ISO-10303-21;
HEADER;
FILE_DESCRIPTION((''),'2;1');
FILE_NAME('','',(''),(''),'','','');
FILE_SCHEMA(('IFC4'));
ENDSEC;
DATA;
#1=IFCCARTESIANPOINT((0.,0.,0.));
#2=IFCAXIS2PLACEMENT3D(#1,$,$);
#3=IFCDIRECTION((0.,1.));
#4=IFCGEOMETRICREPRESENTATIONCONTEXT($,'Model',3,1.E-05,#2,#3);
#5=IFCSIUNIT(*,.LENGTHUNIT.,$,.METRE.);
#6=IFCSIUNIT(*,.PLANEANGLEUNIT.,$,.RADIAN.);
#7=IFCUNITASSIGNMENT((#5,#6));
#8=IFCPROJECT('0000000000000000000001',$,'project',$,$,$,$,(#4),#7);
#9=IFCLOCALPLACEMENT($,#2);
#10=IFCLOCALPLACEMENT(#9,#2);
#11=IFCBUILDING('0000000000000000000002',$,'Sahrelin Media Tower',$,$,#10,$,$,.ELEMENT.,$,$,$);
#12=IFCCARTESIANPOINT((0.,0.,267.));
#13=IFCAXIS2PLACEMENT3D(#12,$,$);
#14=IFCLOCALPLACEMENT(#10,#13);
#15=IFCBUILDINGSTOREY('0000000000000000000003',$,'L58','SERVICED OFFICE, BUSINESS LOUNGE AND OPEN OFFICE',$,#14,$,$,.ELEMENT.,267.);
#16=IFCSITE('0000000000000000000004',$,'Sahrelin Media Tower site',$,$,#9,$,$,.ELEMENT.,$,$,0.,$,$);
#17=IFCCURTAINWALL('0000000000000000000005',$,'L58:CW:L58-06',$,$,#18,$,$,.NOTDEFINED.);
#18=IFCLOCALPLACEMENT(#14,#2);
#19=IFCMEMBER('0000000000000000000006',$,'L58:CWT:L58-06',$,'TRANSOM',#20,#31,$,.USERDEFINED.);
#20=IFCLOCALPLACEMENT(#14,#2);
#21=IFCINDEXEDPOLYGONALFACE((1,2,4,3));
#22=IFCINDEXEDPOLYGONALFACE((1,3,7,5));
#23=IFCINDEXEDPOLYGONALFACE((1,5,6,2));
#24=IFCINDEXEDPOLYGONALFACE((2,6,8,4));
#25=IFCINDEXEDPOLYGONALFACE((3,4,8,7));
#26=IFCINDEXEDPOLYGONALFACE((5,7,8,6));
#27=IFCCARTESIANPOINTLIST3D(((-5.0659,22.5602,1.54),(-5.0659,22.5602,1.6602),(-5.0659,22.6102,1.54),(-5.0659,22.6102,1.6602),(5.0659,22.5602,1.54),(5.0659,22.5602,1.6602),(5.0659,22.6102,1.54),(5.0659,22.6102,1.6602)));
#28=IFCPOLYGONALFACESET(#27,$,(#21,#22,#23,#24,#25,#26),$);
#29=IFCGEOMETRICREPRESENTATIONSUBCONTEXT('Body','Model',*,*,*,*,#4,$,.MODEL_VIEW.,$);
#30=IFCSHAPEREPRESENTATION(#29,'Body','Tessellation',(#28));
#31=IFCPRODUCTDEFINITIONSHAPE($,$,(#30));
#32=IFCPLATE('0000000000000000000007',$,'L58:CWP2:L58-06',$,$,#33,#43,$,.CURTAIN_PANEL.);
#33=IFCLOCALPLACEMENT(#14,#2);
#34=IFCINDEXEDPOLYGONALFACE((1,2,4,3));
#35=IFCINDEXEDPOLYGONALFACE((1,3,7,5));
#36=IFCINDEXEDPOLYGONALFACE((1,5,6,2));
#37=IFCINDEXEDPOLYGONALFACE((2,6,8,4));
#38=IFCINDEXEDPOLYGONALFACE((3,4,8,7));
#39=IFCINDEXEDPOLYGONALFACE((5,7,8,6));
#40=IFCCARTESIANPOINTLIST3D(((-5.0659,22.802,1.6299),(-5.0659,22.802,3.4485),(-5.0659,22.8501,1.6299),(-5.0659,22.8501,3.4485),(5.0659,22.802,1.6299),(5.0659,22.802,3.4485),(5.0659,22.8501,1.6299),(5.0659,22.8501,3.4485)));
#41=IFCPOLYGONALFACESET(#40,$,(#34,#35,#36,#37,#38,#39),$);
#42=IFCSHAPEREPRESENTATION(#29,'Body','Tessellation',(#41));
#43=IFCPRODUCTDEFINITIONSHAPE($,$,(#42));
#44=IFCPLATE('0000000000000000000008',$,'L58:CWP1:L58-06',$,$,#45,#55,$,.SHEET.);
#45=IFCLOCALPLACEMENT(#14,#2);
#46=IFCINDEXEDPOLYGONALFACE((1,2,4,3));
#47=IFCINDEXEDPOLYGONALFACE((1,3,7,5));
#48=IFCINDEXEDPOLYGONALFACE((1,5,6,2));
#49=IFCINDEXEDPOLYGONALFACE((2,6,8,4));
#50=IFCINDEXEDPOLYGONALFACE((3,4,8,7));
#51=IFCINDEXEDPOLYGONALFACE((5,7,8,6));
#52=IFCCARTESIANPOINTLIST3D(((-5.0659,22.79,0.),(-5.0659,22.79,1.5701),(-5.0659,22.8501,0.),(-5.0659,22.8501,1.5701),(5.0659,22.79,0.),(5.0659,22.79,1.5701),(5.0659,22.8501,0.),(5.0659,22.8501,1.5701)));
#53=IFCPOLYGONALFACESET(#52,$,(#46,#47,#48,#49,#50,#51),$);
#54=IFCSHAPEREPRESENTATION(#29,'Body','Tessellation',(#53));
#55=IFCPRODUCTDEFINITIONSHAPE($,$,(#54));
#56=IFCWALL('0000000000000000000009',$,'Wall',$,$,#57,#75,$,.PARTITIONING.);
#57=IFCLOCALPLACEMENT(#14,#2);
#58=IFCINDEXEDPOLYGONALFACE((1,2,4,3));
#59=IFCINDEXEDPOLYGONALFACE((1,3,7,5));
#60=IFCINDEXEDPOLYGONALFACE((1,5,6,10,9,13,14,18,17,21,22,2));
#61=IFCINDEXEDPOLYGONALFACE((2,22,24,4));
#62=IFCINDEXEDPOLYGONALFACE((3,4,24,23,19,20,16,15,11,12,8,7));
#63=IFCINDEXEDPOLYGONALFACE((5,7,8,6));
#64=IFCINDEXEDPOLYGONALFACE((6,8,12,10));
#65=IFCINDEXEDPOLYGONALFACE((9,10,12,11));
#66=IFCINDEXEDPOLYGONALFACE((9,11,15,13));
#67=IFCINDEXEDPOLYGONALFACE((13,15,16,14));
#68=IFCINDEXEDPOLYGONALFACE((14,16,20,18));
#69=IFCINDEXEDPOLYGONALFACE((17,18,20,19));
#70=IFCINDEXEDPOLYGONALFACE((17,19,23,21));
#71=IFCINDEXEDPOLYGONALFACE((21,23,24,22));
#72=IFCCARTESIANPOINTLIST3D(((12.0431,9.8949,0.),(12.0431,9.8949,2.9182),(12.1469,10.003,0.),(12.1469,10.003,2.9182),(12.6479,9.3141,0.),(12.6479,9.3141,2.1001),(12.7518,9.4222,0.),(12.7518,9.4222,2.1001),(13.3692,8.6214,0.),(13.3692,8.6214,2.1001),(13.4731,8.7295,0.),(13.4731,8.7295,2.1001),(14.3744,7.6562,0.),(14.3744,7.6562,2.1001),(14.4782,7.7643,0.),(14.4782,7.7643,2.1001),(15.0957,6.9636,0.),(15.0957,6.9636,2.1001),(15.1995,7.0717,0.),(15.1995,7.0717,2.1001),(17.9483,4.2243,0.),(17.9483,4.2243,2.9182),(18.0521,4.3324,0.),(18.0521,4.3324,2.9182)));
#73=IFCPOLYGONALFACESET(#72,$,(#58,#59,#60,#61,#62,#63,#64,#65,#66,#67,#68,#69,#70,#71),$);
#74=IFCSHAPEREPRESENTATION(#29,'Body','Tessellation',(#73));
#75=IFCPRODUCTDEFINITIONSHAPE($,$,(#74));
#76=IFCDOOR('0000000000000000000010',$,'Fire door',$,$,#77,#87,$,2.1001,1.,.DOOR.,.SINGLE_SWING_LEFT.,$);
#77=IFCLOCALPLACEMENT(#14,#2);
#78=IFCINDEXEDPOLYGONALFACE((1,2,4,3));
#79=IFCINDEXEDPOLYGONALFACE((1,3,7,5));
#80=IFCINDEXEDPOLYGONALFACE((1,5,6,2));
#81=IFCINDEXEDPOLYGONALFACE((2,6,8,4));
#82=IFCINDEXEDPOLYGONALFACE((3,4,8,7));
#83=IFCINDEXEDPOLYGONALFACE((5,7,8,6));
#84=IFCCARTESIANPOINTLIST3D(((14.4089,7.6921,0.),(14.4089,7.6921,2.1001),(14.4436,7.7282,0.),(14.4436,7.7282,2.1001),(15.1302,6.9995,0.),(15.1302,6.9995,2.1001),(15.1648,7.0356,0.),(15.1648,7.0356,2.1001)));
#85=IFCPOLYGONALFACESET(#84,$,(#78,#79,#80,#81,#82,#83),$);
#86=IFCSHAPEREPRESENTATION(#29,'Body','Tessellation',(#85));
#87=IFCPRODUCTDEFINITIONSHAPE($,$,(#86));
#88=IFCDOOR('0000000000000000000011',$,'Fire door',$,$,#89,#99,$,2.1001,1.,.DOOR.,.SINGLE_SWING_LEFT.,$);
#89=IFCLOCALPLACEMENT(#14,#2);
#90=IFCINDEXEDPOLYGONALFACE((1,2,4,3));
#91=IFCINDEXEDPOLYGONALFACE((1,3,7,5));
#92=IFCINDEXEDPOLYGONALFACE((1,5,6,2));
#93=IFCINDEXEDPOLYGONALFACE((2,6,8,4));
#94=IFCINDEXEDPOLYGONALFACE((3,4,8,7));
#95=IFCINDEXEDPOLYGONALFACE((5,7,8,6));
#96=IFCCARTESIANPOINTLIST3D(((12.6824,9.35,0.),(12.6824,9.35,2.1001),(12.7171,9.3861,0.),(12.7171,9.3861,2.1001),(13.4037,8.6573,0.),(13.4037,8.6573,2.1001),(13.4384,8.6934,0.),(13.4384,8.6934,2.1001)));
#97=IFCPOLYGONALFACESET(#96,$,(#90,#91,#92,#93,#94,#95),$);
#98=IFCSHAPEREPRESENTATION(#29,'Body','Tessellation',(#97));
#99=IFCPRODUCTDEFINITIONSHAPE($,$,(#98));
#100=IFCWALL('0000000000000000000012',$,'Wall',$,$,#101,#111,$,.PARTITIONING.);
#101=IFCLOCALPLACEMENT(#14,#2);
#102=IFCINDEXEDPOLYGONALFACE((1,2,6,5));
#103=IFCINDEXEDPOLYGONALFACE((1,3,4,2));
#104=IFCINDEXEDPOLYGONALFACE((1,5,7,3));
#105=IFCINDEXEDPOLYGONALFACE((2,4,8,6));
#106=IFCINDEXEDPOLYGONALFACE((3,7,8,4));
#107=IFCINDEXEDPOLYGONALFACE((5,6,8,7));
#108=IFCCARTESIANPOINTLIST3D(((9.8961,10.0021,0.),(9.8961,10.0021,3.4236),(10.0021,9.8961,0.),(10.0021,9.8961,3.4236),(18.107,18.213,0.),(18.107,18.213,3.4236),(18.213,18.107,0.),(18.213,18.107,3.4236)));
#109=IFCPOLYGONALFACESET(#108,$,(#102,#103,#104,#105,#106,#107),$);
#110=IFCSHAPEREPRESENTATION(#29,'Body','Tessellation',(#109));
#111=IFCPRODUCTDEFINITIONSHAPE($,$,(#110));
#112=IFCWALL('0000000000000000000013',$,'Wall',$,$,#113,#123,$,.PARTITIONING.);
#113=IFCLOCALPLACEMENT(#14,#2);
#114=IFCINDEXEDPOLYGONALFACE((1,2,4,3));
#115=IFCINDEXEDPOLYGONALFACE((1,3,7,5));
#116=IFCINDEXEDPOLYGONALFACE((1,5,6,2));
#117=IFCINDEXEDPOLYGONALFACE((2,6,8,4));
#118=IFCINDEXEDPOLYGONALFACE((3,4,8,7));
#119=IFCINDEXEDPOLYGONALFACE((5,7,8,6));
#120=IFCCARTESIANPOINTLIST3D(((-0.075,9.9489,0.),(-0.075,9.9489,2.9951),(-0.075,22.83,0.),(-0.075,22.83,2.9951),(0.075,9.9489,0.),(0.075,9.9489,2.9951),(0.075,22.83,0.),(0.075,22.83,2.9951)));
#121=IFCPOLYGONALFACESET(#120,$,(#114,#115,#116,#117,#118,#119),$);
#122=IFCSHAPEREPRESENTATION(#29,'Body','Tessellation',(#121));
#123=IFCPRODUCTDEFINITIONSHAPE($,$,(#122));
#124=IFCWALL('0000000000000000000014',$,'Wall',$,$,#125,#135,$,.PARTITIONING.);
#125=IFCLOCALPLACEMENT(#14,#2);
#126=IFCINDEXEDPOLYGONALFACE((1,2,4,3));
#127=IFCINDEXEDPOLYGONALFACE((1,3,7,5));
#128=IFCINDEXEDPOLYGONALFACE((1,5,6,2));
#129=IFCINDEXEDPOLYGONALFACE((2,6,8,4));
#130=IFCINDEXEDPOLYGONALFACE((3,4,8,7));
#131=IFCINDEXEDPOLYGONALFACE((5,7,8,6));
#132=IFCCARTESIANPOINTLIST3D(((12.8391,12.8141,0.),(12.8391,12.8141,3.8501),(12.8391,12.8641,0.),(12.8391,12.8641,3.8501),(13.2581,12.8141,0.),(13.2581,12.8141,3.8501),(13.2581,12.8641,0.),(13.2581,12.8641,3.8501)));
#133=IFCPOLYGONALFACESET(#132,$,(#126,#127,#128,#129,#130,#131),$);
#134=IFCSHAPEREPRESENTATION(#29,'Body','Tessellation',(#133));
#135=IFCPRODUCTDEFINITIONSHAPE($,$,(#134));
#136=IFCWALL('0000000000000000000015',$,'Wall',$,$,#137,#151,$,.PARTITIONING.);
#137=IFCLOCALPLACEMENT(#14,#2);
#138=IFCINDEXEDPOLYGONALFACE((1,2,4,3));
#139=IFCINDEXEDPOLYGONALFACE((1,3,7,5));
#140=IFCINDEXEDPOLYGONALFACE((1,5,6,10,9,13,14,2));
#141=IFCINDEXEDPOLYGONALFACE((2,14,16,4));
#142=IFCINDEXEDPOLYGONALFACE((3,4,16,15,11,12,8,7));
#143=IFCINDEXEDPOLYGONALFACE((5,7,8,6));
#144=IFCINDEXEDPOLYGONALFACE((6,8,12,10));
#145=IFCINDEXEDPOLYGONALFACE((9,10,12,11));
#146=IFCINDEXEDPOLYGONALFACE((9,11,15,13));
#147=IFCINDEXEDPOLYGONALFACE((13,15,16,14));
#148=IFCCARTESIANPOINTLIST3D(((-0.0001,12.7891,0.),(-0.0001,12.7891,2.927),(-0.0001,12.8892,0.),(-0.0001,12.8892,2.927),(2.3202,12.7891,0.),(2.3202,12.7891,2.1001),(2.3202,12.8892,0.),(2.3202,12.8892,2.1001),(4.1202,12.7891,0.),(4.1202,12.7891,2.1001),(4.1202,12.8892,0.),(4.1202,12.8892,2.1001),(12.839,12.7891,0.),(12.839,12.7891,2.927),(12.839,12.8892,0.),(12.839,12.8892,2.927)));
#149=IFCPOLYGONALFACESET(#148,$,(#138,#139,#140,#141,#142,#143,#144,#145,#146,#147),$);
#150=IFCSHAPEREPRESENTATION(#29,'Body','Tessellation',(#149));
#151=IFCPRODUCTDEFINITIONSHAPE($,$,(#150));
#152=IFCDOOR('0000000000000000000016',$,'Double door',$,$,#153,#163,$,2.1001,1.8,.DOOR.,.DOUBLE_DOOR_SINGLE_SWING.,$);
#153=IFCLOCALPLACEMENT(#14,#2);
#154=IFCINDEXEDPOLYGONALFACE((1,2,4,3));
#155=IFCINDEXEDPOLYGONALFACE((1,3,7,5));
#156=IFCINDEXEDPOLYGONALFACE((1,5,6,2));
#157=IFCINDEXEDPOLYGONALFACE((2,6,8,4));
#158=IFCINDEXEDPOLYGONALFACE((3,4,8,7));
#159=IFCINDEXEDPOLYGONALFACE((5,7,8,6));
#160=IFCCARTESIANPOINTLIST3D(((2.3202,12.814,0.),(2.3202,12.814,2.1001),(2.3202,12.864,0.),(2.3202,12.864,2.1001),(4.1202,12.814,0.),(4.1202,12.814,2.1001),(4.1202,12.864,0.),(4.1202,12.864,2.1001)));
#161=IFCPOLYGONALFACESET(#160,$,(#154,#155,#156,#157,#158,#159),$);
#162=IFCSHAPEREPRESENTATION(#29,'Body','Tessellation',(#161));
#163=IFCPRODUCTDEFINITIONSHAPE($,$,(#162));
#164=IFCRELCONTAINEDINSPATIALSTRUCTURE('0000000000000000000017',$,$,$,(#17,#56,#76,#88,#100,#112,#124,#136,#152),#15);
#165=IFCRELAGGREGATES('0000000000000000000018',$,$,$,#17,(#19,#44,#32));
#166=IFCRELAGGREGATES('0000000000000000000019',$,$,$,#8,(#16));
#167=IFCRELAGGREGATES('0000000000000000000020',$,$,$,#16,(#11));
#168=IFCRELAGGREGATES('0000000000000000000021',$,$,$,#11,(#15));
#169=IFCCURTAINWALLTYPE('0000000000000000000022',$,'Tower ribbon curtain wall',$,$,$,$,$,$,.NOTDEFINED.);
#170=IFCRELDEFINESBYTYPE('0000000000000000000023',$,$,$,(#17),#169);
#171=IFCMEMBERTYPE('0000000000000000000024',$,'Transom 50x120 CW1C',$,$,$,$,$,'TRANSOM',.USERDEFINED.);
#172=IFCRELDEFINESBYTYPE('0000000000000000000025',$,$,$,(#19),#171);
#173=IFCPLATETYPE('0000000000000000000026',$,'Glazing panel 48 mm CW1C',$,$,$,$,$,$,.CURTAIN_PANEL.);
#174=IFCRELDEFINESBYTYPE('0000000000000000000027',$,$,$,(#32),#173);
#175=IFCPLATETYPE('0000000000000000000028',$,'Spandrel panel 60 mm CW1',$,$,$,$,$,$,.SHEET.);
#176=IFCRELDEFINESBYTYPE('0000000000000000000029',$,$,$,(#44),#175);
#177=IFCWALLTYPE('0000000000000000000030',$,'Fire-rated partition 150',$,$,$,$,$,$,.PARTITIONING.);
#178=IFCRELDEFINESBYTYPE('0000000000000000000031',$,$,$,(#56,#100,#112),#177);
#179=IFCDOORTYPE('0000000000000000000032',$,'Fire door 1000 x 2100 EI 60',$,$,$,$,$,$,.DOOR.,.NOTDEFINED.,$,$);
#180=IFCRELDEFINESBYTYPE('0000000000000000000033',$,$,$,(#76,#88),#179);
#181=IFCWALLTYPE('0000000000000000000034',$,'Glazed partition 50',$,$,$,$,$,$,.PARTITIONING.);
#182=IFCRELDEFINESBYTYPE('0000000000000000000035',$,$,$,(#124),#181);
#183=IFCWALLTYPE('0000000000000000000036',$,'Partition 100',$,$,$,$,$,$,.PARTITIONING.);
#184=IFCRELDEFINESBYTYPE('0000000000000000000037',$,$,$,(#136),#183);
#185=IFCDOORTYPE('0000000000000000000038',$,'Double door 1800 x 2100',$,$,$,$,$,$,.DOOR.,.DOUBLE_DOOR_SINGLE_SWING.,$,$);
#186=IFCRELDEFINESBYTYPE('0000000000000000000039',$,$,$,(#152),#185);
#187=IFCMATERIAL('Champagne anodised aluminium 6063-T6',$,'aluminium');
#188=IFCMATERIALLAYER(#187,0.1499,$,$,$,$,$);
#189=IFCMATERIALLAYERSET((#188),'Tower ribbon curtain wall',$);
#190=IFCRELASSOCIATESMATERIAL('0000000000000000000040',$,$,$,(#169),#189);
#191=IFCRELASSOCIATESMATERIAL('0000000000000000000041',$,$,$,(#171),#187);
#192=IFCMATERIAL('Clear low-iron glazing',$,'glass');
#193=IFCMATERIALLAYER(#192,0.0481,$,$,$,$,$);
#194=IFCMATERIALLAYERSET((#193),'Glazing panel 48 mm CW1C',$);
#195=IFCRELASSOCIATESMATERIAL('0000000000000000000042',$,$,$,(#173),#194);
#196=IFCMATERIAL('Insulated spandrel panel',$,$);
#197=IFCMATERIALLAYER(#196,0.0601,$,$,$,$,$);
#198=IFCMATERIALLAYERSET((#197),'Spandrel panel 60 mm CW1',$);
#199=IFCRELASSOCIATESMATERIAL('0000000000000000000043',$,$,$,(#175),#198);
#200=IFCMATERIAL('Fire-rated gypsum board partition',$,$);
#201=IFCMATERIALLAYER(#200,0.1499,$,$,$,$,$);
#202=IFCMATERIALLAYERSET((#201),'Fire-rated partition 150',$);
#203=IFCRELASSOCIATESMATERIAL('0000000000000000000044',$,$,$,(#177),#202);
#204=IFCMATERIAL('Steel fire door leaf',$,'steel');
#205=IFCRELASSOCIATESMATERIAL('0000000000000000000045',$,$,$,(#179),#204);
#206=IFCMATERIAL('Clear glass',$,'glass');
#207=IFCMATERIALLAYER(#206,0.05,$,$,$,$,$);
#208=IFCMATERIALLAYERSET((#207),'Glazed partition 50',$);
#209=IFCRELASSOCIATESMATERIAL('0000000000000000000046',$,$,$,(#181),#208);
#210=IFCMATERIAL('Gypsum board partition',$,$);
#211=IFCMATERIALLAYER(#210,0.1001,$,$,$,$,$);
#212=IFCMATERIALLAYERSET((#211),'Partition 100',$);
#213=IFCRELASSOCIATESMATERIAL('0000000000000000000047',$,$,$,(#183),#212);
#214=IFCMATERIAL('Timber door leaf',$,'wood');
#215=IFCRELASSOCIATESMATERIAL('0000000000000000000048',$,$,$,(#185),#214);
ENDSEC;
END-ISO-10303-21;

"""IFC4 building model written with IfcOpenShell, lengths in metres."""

from ifc_helpers import new_model, si_unit, direction, frame, frame_2d, origin, origin_2d, place, context, subcontext, project, spatial, polyline, rectangle, outline, extrude, material, layer, layer_set, material_profile, profile_set, type_object, element, fill, aggregate, save


model = new_model("IFC4")

# Units and contexts
model_context = context("Model", 3, precision=1e-05, world=origin(), true_north=direction((0.0, 1.0)))
body_context = subcontext(model_context, "Body", "Model", "MODEL_VIEW")
ifc_project = project(units=[si_unit("LENGTHUNIT", "METRE"), si_unit("PLANEANGLEUNIT", "RADIAN")], contexts=[model_context])

# Site, building, storey
site_placement = place(None, origin())
site = spatial("IfcSite", under=ifc_project, at=site_placement, Name="Sahrelin Media Tower site", CompositionType="ELEMENT", RefElevation=0.0)
building_placement = place(site_placement, origin())
building = spatial("IfcBuilding", under=site, at=building_placement, Name="Sahrelin Media Tower", CompositionType="ELEMENT")
storey_placement = place(building_placement, frame((0.0, 0.0, 267.0)))
storey = spatial("IfcBuildingStorey", under=building, at=storey_placement, Name="L58", Description="SERVICED OFFICE, BUSINESS LOUNGE AND OPEN OFFICE", CompositionType="ELEMENT", Elevation=267.0)

# Curtain wall
ifc_material_1 = material(Name="Champagne anodised aluminium 6063-T6", Category="aluminium")
ifc_layer_1 = layer(ifc_material_1, 0.1499)
ifc_layer_set_1 = layer_set([ifc_layer_1], Name="Tower ribbon curtain wall")
curtain_wall_type = type_object("IfcCurtainWallType", Name="Tower ribbon curtain wall", PredefinedType="NOTDEFINED", material=ifc_layer_set_1)
placement_1 = place(storey_placement, frame((0.0, 22.8301, 0.0), z_axis=(0.0, 0.0, 1.0), x_axis=(1.0, 0.0, 0.0)))
curtain_wall_1 = element("IfcCurtainWall", 1, at=placement_1, inside=storey, type_object=curtain_wall_type, Name="L58:CW:L58-06", PredefinedType="NOTDEFINED")

# Member
ifc_material_profile_1 = material_profile(ifc_material_1, rectangle(XDim=0.05, YDim=0.1201, at=origin_2d()), Name="Transom 50x120")
ifc_profile_set_1 = profile_set([ifc_material_profile_1], Name="Champagne anodised aluminium 6063-T6")
member_type_1 = type_object("IfcMemberType", Name="Transom 50x120 CW1C", ElementType="TRANSOM", PredefinedType="USERDEFINED", material=ifc_profile_set_1)
member_1_placement = place(storey_placement, frame((5.0659, 22.5852, 1.6001), z_axis=(-1.0, 0.0, 0.0), x_axis=(0.0, -1.0, 0.0)))
member_1 = element("IfcMember", 2, at=member_1_placement, type_object=member_type_1, Name="L58:CWT:L58-06", ObjectType="TRANSOM", PredefinedType="USERDEFINED", context=body_context, shape_type="SweptSolid", body=[
    extrude(rectangle(XDim=0.05, YDim=0.1201, at=origin_2d()), origin(), (0.0, 0.0, 1.0), 10.1318),
])

# Plates
ifc_material_2 = material(Name="Clear low-iron glazing", Category="glass")
ifc_layer_2 = layer(ifc_material_2, 0.0481)
ifc_layer_set_2 = layer_set([ifc_layer_2], Name="Glazing panel 48 mm CW1C")
plate_type_1 = type_object("IfcPlateType", Name="Glazing panel 48 mm CW1C", PredefinedType="CURTAIN_PANEL", material=ifc_layer_set_2)
plate_1_placement = place(storey_placement, frame((5.0659, 22.8501, 1.6299), z_axis=(0.0, 1.0, 0.0), x_axis=(-1.0, 0.0, 0.0)))
plate_1 = element("IfcPlate", 3, at=plate_1_placement, type_object=plate_type_1, Name="L58:CWP2:L58-06", PredefinedType="CURTAIN_PANEL", context=body_context, shape_type="SweptSolid", body=[
    extrude(outline(polyline([(0.0, 0.0), (10.1318, 0.0), (10.1318, 1.8186), (0.0, 1.8186), (0.0, 0.0)])), origin(), (0.0, 0.0, -1.0), 0.0481),
])
ifc_material_3 = material(Name="Insulated spandrel panel")
ifc_layer_3 = layer(ifc_material_3, 0.0601)
ifc_layer_set_3 = layer_set([ifc_layer_3], Name="Spandrel panel 60 mm CW1")
plate_type_2 = type_object("IfcPlateType", Name="Spandrel panel 60 mm CW1", PredefinedType="SHEET", material=ifc_layer_set_3)
plate_2_placement = place(storey_placement, frame((5.0659, 22.8501, 0.0), z_axis=(0.0, 1.0, 0.0), x_axis=(-1.0, 0.0, 0.0)))
plate_2 = element("IfcPlate", 4, at=plate_2_placement, type_object=plate_type_2, Name="L58:CWP1:L58-06", PredefinedType="SHEET", context=body_context, shape_type="SweptSolid", body=[
    extrude(outline(polyline([(0.0, 0.0), (10.1318, 0.0), (10.1318, 1.5701), (0.0, 1.5701), (0.0, 0.0)])), origin(), (0.0, 0.0, -1.0), 0.0601),
])
aggregate(curtain_wall_1, [member_1, plate_2, plate_1])

# Wall, openings, doors
ifc_material_4 = material(Name="Fire-rated gypsum board partition")
ifc_layer_4 = layer(ifc_material_4, 0.1499)
ifc_layer_set_4 = layer_set([ifc_layer_4], Name="Fire-rated partition 150")
wall_type_1 = type_object("IfcWallType", Name="Fire-rated partition 150", PredefinedType="PARTITIONING", material=ifc_layer_set_4)
wall_1_placement = place(storey_placement, frame((12.095, 9.949, 0.0), z_axis=(0.0, 0.0, 1.0), x_axis=(0.72129, -0.692633, 0.0)))
wall_1 = element("IfcWall", 5, at=wall_1_placement, inside=storey, type_object=wall_type_1, Name="Wall", PredefinedType="PARTITIONING", context=body_context, shape_type="SweptSolid", body=[
    extrude(rectangle(XDim=8.187, YDim=0.1499, at=frame_2d((4.0935, 0.0))), origin(), (0.0, 0.0, 1.0), 2.9182),
])
opening_1_placement = place(wall_1_placement, frame((3.2322, 0.0, 0.0)))
opening_1 = element("IfcOpeningElement", 6, at=opening_1_placement, cuts=wall_1, PredefinedType="OPENING", context=body_context, shape_type="SweptSolid", body=[
    extrude(rectangle(XDim=1.0, YDim=2.1001, at=frame_2d((0.5, 1.05))), frame((0.0, 0.075, 0.0), z_axis=(0.0, -1.0, 0.0), x_axis=(1.0, 0.0, 0.0)), (0.0, 0.0, 1.0), 0.1499),
])
opening_2_placement = place(wall_1_placement, frame((0.8386, 0.0, 0.0)))
opening_2 = element("IfcOpeningElement", 7, at=opening_2_placement, cuts=wall_1, PredefinedType="OPENING", context=body_context, shape_type="SweptSolid", body=[
    extrude(rectangle(XDim=1.0, YDim=2.1001, at=frame_2d((0.5, 1.05))), frame((0.0, 0.075, 0.0), z_axis=(0.0, -1.0, 0.0), x_axis=(1.0, 0.0, 0.0)), (0.0, 0.0, 1.0), 0.1499),
])
ifc_material_5 = material(Name="Steel fire door leaf", Category="steel")
door_type_1 = type_object("IfcDoorType", Name="Fire door 1000 x 2100 EI 60", OperationType="NOTDEFINED", PredefinedType="DOOR", material=ifc_material_5)
door_1_placement = place(opening_1_placement, origin())
door_1 = element("IfcDoor", 8, at=door_1_placement, inside=storey, type_object=door_type_1, Name="Fire door", OperationType="SINGLE_SWING_LEFT", OverallHeight=2.1001, OverallWidth=1.0, PredefinedType="DOOR", context=body_context, shape_type="SweptSolid", body=[
    extrude(rectangle(XDim=1.0, YDim=2.1001, at=frame_2d((0.5, 1.05))), frame((0.0, 0.0249, 0.0), z_axis=(0.0, -1.0, 0.0), x_axis=(1.0, 0.0, 0.0)), (0.0, 0.0, 1.0), 0.05),
])
fill(opening_1, door_1)
door_2_placement = place(opening_2_placement, origin())
door_2 = element("IfcDoor", 9, at=door_2_placement, inside=storey, type_object=door_type_1, Name="Fire door", OperationType="SINGLE_SWING_LEFT", OverallHeight=2.1001, OverallWidth=1.0, PredefinedType="DOOR", context=body_context, shape_type="SweptSolid", body=[
    extrude(rectangle(XDim=1.0, YDim=2.1001, at=frame_2d((0.5, 1.05))), frame((0.0, 0.0249, 0.0), z_axis=(0.0, -1.0, 0.0), x_axis=(1.0, 0.0, 0.0)), (0.0, 0.0, 1.0), 0.05),
])
fill(opening_2, door_2)

# Walls
wall_2_placement = place(storey_placement, frame((9.949, 9.949, 0.0), z_axis=(0.0, 0.0, 1.0), x_axis=(0.707107, 0.707107, 0.0)))
element("IfcWall", 10, at=wall_2_placement, inside=storey, type_object=wall_type_1, Name="Wall", PredefinedType="PARTITIONING", context=body_context, shape_type="SweptSolid", body=[
    extrude(rectangle(XDim=11.6121, YDim=0.1499, at=frame_2d((5.8062, 0.0))), origin(), (0.0, 0.0, 1.0), 3.4236),
])
wall_3_placement = place(storey_placement, frame((0.0, 9.949, 0.0), z_axis=(0.0, 0.0, 1.0), x_axis=(0.0, 1.0, 0.0)))
element("IfcWall", 11, at=wall_3_placement, inside=storey, type_object=wall_type_1, Name="Wall", PredefinedType="PARTITIONING", context=body_context, shape_type="SweptSolid", body=[
    extrude(rectangle(XDim=12.8811, YDim=0.1499, at=frame_2d((6.4404, 0.0))), origin(), (0.0, 0.0, 1.0), 2.9951),
])
ifc_material_6 = material(Name="Clear glass", Category="glass")
ifc_layer_5 = layer(ifc_material_6, 0.05)
ifc_layer_set_5 = layer_set([ifc_layer_5], Name="Glazed partition 50")
wall_type_2 = type_object("IfcWallType", Name="Glazed partition 50", PredefinedType="PARTITIONING", material=ifc_layer_set_5)
wall_4_placement = place(storey_placement, frame((12.8391, 12.8391, 0.0), z_axis=(0.0, 0.0, 1.0), x_axis=(1.0, 0.0, 0.0)))
element("IfcWall", 12, at=wall_4_placement, inside=storey, type_object=wall_type_2, Name="Wall", PredefinedType="PARTITIONING", context=body_context, shape_type="SweptSolid", body=[
    extrude(rectangle(XDim=0.4189, YDim=0.05, at=frame_2d((0.2095, 0.0))), origin(), (0.0, 0.0, 1.0), 3.8501),
])

# Wall, opening, door
ifc_material_7 = material(Name="Gypsum board partition")
ifc_layer_6 = layer(ifc_material_7, 0.1001)
ifc_layer_set_6 = layer_set([ifc_layer_6], Name="Partition 100")
wall_type_3 = type_object("IfcWallType", Name="Partition 100", PredefinedType="PARTITIONING", material=ifc_layer_set_6)
wall_5_placement = place(storey_placement, frame((0.0, 12.8391, 0.0), z_axis=(0.0, 0.0, 1.0), x_axis=(1.0, 0.0, 0.0)))
wall_5 = element("IfcWall", 13, at=wall_5_placement, inside=storey, type_object=wall_type_3, Name="Wall", PredefinedType="PARTITIONING", context=body_context, shape_type="SweptSolid", body=[
    extrude(rectangle(XDim=12.8391, YDim=0.1001, at=frame_2d((6.4194, 0.0))), origin(), (0.0, 0.0, 1.0), 2.927),
])
opening_3_placement = place(wall_5_placement, frame((2.3203, 0.0, 0.0)))
opening_3 = element("IfcOpeningElement", 14, at=opening_3_placement, cuts=wall_5, PredefinedType="OPENING", context=body_context, shape_type="SweptSolid", body=[
    extrude(rectangle(XDim=1.8, YDim=2.1001, at=frame_2d((0.8999, 1.05))), frame((0.0, 0.05, 0.0), z_axis=(0.0, -1.0, 0.0), x_axis=(1.0, 0.0, 0.0)), (0.0, 0.0, 1.0), 0.1001),
])
ifc_material_8 = material(Name="Timber door leaf", Category="wood")
door_type_2 = type_object("IfcDoorType", Name="Double door 1800 x 2100", OperationType="DOUBLE_DOOR_SINGLE_SWING", PredefinedType="DOOR", material=ifc_material_8)
door_3_placement = place(opening_3_placement, origin())
door_3 = element("IfcDoor", 15, at=door_3_placement, inside=storey, type_object=door_type_2, Name="Double door", OperationType="DOUBLE_DOOR_SINGLE_SWING", OverallHeight=2.1001, OverallWidth=1.8, PredefinedType="DOOR", context=body_context, shape_type="SweptSolid", body=[
    extrude(rectangle(XDim=1.8, YDim=2.1001, at=frame_2d((0.8999, 1.05))), frame((0.0, 0.0249, 0.0), z_axis=(0.0, -1.0, 0.0), x_axis=(1.0, 0.0, 0.0)), (0.0, 0.0, 1.0), 0.05),
])
fill(opening_3, door_3)

save(model, "model.ifc")
